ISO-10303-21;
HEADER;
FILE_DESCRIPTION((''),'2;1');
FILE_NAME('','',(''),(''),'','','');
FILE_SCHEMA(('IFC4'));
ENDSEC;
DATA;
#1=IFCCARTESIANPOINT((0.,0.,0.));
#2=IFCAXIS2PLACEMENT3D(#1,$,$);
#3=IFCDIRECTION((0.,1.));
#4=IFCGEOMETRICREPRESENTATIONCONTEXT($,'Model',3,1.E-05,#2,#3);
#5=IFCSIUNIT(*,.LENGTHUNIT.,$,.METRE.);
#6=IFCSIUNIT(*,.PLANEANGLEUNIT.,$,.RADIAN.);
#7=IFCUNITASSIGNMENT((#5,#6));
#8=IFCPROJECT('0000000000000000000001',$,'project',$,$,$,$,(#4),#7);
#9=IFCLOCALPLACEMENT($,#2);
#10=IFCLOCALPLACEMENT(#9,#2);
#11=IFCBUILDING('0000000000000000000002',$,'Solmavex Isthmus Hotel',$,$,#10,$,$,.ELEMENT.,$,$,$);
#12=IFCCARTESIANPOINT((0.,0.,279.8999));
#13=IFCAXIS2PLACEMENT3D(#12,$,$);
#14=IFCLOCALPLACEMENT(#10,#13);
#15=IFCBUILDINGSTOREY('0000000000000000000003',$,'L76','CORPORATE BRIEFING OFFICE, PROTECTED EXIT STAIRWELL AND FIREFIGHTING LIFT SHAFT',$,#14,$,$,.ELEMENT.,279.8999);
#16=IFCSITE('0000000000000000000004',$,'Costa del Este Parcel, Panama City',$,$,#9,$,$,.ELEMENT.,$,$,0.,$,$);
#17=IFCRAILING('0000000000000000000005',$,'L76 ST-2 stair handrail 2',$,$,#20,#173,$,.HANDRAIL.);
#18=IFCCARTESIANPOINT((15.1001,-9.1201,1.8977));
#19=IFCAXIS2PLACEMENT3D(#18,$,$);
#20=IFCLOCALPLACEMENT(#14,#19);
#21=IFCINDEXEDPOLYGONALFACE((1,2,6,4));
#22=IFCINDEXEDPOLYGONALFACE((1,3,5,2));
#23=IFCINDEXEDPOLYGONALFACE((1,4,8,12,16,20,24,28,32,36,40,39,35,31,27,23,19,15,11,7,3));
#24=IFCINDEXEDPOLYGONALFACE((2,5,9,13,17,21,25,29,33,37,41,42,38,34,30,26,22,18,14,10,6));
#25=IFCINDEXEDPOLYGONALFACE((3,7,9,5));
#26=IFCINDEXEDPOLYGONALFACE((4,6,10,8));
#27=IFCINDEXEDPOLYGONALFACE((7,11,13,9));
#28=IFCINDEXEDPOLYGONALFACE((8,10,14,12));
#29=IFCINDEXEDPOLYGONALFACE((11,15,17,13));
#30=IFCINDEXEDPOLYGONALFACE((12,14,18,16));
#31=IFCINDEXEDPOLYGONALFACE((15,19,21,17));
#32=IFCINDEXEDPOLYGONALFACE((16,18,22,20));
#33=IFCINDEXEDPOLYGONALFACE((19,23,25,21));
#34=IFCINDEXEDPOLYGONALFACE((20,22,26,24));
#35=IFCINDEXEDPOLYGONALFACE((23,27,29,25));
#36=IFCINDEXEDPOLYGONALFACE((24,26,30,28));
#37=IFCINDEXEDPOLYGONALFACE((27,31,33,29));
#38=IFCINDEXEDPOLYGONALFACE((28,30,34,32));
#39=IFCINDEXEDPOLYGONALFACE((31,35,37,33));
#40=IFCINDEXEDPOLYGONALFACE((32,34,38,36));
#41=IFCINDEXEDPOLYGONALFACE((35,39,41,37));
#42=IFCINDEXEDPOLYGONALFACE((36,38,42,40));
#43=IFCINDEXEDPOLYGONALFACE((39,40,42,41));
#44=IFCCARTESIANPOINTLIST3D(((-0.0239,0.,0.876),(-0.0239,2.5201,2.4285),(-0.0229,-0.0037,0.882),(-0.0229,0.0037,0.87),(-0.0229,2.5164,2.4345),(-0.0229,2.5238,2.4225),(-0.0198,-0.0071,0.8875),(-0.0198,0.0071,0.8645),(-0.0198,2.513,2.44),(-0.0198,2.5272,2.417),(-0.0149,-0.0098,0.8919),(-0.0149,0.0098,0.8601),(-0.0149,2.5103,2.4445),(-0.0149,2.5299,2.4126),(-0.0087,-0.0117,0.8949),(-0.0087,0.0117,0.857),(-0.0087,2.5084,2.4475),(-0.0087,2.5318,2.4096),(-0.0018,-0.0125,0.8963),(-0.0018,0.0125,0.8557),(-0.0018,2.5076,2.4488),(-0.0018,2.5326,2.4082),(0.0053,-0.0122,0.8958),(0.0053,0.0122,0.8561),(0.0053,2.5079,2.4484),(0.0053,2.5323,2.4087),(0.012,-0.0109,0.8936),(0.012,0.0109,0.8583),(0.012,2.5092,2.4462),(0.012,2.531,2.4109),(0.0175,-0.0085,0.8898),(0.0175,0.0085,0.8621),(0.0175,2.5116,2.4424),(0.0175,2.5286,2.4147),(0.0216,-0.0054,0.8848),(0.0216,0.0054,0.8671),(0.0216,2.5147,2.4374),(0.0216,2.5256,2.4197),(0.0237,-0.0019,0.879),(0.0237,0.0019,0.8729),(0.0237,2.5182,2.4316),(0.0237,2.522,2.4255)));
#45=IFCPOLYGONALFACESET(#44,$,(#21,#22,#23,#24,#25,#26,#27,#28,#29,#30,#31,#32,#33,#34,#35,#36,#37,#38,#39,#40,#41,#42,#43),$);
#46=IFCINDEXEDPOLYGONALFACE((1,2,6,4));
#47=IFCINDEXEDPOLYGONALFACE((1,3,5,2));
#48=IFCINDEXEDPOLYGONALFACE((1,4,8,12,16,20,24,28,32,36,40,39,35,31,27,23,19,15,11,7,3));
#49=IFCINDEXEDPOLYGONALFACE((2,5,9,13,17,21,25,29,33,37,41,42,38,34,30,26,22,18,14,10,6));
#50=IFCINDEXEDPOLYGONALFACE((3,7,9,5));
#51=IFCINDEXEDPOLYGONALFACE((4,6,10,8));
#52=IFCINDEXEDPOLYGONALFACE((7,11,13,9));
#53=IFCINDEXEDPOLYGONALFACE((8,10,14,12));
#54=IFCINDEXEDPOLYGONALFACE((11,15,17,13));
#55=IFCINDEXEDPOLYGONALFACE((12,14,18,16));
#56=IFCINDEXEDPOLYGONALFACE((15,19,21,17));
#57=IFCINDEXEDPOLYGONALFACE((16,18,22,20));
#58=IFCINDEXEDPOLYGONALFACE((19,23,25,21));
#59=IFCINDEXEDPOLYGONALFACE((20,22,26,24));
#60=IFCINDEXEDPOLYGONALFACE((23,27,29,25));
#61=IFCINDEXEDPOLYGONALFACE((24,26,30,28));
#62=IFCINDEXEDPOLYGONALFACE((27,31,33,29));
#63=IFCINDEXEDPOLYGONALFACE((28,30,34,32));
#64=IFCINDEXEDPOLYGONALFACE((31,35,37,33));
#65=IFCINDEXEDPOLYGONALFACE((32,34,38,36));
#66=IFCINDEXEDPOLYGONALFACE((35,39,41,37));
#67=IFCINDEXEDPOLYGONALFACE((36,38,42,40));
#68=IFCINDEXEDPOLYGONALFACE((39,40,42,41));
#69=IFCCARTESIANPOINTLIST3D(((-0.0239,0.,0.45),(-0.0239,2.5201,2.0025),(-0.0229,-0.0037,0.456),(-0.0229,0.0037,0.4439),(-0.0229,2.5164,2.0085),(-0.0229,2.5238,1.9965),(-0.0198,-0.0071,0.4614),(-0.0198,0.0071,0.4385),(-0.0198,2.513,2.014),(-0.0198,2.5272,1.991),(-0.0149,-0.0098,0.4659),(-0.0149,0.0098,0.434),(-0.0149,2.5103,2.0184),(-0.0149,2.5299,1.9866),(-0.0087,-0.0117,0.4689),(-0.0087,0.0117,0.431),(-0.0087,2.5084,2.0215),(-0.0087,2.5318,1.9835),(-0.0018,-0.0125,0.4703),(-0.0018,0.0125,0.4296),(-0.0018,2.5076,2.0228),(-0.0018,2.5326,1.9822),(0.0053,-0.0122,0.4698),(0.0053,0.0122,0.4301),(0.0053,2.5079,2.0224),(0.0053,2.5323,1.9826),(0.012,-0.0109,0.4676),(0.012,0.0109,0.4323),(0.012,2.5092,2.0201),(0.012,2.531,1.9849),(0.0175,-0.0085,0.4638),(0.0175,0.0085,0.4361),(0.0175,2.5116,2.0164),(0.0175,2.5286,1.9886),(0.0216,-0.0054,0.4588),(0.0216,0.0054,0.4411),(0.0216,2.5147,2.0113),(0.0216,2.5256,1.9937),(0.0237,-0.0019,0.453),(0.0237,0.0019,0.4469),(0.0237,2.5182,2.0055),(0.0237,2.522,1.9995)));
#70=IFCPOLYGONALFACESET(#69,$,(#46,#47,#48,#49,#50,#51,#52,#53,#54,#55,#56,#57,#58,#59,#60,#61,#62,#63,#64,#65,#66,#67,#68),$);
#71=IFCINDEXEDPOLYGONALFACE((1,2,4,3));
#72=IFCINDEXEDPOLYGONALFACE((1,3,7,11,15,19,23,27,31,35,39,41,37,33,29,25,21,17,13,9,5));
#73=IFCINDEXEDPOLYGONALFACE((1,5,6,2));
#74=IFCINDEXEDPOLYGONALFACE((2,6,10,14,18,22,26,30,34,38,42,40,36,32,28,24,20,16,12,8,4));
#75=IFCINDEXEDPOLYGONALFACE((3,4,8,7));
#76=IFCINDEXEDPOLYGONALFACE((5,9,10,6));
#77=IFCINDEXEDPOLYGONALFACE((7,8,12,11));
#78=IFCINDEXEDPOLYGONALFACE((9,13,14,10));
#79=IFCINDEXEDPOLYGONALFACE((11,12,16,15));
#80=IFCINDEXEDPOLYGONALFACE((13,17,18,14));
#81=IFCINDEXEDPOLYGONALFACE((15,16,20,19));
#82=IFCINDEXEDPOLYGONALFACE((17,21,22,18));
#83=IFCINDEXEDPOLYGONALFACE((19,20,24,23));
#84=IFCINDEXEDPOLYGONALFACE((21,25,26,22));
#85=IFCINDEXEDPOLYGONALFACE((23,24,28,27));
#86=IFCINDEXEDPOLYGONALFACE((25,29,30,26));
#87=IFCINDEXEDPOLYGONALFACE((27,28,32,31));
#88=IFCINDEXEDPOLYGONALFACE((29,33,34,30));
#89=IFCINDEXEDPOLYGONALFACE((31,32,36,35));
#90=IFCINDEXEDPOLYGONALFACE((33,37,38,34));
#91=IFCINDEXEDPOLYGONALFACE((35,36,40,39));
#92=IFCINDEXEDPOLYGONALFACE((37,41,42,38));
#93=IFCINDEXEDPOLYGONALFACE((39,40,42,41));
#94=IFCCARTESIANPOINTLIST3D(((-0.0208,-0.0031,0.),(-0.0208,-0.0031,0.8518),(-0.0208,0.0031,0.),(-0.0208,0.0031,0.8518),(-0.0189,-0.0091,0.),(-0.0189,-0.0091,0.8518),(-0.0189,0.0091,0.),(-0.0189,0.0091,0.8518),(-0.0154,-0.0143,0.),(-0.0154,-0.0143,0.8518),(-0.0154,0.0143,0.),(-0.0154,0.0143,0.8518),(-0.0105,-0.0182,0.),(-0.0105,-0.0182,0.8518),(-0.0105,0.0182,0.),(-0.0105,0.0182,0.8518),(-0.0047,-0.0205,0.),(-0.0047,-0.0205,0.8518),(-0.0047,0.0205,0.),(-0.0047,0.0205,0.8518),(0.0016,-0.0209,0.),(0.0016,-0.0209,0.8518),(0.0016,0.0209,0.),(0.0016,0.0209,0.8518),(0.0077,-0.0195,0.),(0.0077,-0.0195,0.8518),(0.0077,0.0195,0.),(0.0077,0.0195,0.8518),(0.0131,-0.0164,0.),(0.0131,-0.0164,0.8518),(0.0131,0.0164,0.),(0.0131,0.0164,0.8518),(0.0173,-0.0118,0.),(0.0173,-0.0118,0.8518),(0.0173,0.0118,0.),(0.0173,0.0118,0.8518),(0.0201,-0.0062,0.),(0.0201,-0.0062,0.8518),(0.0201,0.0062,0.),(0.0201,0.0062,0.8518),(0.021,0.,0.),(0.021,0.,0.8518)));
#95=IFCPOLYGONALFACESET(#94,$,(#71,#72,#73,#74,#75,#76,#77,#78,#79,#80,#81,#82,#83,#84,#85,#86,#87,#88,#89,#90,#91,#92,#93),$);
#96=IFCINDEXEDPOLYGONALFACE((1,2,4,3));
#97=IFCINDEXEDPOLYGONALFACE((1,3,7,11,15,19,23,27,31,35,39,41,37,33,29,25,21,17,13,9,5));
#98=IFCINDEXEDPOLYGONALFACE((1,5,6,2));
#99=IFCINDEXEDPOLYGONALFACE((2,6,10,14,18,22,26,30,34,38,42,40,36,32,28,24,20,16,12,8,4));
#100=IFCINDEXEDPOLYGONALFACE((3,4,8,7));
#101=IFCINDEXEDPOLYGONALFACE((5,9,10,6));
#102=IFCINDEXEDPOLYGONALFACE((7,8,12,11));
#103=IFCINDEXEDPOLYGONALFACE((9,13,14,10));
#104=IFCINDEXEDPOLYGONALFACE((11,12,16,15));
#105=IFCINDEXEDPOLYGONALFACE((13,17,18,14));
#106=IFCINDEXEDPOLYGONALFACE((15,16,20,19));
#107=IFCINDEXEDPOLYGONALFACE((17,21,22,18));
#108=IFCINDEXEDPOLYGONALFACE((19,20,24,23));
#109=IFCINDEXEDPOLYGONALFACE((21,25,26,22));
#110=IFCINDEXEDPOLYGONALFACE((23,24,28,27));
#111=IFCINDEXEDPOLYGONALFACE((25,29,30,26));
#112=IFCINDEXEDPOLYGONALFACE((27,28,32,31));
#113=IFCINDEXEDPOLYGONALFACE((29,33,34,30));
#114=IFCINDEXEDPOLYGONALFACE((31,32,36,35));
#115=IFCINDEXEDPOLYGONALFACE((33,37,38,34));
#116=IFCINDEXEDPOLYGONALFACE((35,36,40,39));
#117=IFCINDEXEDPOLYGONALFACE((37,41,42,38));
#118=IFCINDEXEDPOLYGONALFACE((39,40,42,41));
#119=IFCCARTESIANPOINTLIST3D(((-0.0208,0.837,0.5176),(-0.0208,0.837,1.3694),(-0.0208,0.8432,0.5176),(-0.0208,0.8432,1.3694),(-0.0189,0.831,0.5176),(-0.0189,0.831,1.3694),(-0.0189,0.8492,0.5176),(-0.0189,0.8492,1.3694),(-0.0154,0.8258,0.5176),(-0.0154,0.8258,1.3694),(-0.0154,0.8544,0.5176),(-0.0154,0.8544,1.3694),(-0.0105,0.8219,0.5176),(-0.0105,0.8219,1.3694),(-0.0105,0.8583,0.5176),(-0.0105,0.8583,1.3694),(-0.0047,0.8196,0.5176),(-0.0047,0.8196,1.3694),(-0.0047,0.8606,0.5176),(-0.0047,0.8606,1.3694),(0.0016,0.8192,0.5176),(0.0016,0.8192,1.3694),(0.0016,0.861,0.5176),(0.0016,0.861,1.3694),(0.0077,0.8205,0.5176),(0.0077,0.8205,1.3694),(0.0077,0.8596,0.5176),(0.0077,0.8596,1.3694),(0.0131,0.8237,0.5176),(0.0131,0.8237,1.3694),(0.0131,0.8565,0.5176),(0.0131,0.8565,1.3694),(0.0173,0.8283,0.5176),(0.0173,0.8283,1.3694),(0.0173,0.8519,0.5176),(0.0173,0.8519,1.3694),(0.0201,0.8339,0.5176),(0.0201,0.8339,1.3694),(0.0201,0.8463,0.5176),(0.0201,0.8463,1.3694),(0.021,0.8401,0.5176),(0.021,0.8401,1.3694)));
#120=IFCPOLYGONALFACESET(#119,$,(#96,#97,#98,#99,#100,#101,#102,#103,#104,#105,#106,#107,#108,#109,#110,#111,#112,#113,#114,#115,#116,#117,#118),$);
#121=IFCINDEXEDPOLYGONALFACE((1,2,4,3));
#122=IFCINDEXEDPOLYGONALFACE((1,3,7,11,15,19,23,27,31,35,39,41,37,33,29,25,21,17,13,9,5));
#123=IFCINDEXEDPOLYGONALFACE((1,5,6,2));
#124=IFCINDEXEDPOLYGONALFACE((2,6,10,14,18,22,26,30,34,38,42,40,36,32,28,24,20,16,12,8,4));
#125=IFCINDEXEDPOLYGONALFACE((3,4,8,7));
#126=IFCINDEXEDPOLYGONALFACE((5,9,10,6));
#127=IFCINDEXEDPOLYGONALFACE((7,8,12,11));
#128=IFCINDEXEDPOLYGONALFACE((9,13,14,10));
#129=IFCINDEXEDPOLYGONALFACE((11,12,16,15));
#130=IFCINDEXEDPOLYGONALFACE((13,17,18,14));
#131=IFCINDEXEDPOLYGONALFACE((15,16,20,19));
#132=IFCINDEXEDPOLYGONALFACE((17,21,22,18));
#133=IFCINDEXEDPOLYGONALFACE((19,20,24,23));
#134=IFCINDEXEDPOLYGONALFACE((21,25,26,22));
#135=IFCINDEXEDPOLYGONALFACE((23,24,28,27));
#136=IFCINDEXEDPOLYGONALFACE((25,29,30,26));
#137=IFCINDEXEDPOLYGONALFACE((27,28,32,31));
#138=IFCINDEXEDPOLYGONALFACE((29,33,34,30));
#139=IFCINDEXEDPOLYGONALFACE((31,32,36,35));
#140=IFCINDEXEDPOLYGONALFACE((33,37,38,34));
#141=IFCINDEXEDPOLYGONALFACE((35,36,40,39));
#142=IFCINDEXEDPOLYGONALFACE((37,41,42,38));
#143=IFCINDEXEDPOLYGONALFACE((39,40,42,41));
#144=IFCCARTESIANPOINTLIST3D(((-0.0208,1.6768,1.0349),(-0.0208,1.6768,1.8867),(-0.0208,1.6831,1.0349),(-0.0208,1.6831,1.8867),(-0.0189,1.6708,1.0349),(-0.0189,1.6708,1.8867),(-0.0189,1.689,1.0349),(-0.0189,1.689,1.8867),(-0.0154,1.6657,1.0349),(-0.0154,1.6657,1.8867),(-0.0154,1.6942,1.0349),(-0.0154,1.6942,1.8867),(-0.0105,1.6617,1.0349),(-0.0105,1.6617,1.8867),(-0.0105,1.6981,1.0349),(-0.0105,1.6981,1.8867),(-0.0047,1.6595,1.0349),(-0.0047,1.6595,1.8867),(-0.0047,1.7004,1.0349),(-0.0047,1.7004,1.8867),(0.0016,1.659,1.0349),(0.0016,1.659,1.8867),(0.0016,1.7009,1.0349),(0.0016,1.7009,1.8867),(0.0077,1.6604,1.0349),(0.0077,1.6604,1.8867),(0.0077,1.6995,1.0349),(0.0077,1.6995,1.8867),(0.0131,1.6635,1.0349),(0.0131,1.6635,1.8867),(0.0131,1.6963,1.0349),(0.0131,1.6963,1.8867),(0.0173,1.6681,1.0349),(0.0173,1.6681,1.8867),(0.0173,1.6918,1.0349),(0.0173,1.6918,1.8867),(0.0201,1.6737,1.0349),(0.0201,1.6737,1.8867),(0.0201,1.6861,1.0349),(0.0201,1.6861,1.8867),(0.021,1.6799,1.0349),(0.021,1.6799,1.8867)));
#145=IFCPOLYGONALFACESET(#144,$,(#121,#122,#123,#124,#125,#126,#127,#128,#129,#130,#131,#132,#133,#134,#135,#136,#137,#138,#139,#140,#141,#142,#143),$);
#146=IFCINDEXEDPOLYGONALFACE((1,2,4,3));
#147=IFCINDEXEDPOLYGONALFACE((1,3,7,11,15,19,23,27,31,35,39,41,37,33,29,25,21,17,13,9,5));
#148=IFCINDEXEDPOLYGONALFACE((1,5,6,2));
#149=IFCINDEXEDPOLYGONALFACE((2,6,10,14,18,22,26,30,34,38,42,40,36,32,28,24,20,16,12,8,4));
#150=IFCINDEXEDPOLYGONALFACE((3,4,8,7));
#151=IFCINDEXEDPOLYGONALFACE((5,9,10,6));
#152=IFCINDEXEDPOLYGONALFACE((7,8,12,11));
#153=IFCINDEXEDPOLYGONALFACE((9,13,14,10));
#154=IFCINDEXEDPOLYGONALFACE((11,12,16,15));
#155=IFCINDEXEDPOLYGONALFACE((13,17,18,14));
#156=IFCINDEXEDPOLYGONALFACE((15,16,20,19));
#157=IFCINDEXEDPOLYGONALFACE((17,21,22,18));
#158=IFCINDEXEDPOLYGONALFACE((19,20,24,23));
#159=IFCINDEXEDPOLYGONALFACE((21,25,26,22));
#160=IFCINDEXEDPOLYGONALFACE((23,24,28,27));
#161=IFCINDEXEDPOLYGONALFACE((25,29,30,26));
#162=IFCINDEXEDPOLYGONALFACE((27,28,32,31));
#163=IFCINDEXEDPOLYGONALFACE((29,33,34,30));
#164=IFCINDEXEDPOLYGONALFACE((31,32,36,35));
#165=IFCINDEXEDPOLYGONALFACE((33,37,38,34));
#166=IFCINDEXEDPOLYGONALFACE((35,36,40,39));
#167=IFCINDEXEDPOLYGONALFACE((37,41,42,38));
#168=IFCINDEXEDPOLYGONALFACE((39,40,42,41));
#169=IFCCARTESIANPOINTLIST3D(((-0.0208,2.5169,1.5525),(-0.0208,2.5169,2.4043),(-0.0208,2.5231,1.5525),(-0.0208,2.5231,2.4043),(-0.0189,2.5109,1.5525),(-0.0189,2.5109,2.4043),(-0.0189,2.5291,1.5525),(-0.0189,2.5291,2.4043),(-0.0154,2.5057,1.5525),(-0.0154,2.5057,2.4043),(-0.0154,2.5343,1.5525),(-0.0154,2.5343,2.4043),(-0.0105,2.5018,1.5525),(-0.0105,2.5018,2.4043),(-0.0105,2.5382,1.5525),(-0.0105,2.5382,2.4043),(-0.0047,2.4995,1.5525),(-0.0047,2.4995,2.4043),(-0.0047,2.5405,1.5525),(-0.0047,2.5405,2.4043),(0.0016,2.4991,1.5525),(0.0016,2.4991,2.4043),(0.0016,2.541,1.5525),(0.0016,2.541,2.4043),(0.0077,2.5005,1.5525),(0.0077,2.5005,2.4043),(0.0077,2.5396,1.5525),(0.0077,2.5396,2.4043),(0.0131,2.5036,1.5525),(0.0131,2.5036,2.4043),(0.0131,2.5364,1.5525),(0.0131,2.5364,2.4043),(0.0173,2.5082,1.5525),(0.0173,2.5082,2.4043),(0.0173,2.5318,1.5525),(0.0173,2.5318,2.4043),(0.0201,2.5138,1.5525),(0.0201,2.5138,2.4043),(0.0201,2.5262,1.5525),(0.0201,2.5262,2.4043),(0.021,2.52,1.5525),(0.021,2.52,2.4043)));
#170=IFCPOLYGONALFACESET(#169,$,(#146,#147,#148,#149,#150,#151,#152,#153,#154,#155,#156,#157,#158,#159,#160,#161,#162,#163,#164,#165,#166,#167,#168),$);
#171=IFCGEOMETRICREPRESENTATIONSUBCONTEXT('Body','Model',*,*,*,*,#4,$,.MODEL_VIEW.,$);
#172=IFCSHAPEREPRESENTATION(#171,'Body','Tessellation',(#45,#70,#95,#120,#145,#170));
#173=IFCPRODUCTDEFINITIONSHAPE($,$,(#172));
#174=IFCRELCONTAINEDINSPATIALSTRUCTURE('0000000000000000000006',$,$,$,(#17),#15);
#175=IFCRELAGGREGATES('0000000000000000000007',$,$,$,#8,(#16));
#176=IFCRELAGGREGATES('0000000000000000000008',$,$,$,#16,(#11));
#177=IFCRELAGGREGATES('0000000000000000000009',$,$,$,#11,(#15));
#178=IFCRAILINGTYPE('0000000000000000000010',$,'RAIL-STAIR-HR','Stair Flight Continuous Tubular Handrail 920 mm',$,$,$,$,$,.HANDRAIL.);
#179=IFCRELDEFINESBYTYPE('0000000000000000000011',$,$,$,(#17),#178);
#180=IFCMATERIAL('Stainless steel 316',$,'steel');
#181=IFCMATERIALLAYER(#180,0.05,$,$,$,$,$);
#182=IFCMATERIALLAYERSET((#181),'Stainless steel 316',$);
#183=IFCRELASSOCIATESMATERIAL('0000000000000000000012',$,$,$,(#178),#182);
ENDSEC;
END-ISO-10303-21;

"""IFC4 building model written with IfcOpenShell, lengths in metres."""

from ifc_helpers import new_model, si_unit, direction, frame, origin, origin_2d, place, context, subcontext, project, spatial, circle, extrude, material, layer, layer_set, type_object, element, save


model = new_model("IFC4")

# Units and contexts
model_context = context("Model", 3, precision=1e-05, world=origin(), true_north=direction((0.0, 1.0)))
body_context = subcontext(model_context, "Body", "Model", "MODEL_VIEW")
ifc_project = project(units=[si_unit("LENGTHUNIT", "METRE"), si_unit("PLANEANGLEUNIT", "RADIAN")], contexts=[model_context])

# Site, building, storey
site_placement = place(None, origin())
site = spatial("IfcSite", under=ifc_project, at=site_placement, Name="Costa del Este Parcel, Panama City", CompositionType="ELEMENT", RefElevation=0.0)
building_placement = place(site_placement, origin())
building = spatial("IfcBuilding", under=site, at=building_placement, Name="Solmavex Isthmus Hotel", CompositionType="ELEMENT")
storey_placement = place(building_placement, frame((0.0, 0.0, 279.8999)))
storey = spatial("IfcBuildingStorey", under=building, at=storey_placement, Name="L76", Description="CORPORATE BRIEFING OFFICE, PROTECTED EXIT STAIRWELL AND FIREFIGHTING LIFT SHAFT", CompositionType="ELEMENT", Elevation=279.8999)

# Railing
ifc_material_1 = material(Name="Stainless steel 316", Category="steel")
ifc_layer_1 = layer(ifc_material_1, 0.05)
ifc_layer_set_1 = layer_set([ifc_layer_1], Name="Stainless steel 316")
railing_type = type_object("IfcRailingType", Name="RAIL-STAIR-HR", Description="Stair Flight Continuous Tubular Handrail 920 mm", PredefinedType="HANDRAIL", material=ifc_layer_set_1)
railing_placement = place(storey_placement, frame((15.1001, -9.1201, 1.8977)))
element("IfcRailing", 1, at=railing_placement, inside=storey, type_object=railing_type, Name="L76 ST-2 stair handrail 2", PredefinedType="HANDRAIL", context=body_context, shape_type="SweptSolid", body=[
    extrude(circle(Radius=0.0239, at=origin_2d()), frame((0.0, 0.0, 0.876), z_axis=(0.0, 0.8514, 0.524516), x_axis=(-1.0, 0.0, 0.0)), (0.0, 0.0, 1.0), 2.96),
    extrude(circle(Radius=0.0239, at=origin_2d()), frame((0.0, 0.0, 0.45), z_axis=(0.0, 0.8514, 0.524516), x_axis=(-1.0, 0.0, 0.0)), (0.0, 0.0, 1.0), 2.96),
    extrude(circle(Radius=0.021, at=origin_2d()), origin(), (0.0, 0.0, 1.0), 0.8518),
    extrude(circle(Radius=0.021, at=origin_2d()), frame((0.0, 0.8401, 0.5176)), (0.0, 0.0, 1.0), 0.8518),
    extrude(circle(Radius=0.021, at=origin_2d()), frame((0.0, 1.6799, 1.0349)), (0.0, 0.0, 1.0), 0.8518),
    extrude(circle(Radius=0.021, at=origin_2d()), frame((0.0, 2.52, 1.5525)), (0.0, 0.0, 1.0), 0.8518),
])

save(model, "model.ifc")
